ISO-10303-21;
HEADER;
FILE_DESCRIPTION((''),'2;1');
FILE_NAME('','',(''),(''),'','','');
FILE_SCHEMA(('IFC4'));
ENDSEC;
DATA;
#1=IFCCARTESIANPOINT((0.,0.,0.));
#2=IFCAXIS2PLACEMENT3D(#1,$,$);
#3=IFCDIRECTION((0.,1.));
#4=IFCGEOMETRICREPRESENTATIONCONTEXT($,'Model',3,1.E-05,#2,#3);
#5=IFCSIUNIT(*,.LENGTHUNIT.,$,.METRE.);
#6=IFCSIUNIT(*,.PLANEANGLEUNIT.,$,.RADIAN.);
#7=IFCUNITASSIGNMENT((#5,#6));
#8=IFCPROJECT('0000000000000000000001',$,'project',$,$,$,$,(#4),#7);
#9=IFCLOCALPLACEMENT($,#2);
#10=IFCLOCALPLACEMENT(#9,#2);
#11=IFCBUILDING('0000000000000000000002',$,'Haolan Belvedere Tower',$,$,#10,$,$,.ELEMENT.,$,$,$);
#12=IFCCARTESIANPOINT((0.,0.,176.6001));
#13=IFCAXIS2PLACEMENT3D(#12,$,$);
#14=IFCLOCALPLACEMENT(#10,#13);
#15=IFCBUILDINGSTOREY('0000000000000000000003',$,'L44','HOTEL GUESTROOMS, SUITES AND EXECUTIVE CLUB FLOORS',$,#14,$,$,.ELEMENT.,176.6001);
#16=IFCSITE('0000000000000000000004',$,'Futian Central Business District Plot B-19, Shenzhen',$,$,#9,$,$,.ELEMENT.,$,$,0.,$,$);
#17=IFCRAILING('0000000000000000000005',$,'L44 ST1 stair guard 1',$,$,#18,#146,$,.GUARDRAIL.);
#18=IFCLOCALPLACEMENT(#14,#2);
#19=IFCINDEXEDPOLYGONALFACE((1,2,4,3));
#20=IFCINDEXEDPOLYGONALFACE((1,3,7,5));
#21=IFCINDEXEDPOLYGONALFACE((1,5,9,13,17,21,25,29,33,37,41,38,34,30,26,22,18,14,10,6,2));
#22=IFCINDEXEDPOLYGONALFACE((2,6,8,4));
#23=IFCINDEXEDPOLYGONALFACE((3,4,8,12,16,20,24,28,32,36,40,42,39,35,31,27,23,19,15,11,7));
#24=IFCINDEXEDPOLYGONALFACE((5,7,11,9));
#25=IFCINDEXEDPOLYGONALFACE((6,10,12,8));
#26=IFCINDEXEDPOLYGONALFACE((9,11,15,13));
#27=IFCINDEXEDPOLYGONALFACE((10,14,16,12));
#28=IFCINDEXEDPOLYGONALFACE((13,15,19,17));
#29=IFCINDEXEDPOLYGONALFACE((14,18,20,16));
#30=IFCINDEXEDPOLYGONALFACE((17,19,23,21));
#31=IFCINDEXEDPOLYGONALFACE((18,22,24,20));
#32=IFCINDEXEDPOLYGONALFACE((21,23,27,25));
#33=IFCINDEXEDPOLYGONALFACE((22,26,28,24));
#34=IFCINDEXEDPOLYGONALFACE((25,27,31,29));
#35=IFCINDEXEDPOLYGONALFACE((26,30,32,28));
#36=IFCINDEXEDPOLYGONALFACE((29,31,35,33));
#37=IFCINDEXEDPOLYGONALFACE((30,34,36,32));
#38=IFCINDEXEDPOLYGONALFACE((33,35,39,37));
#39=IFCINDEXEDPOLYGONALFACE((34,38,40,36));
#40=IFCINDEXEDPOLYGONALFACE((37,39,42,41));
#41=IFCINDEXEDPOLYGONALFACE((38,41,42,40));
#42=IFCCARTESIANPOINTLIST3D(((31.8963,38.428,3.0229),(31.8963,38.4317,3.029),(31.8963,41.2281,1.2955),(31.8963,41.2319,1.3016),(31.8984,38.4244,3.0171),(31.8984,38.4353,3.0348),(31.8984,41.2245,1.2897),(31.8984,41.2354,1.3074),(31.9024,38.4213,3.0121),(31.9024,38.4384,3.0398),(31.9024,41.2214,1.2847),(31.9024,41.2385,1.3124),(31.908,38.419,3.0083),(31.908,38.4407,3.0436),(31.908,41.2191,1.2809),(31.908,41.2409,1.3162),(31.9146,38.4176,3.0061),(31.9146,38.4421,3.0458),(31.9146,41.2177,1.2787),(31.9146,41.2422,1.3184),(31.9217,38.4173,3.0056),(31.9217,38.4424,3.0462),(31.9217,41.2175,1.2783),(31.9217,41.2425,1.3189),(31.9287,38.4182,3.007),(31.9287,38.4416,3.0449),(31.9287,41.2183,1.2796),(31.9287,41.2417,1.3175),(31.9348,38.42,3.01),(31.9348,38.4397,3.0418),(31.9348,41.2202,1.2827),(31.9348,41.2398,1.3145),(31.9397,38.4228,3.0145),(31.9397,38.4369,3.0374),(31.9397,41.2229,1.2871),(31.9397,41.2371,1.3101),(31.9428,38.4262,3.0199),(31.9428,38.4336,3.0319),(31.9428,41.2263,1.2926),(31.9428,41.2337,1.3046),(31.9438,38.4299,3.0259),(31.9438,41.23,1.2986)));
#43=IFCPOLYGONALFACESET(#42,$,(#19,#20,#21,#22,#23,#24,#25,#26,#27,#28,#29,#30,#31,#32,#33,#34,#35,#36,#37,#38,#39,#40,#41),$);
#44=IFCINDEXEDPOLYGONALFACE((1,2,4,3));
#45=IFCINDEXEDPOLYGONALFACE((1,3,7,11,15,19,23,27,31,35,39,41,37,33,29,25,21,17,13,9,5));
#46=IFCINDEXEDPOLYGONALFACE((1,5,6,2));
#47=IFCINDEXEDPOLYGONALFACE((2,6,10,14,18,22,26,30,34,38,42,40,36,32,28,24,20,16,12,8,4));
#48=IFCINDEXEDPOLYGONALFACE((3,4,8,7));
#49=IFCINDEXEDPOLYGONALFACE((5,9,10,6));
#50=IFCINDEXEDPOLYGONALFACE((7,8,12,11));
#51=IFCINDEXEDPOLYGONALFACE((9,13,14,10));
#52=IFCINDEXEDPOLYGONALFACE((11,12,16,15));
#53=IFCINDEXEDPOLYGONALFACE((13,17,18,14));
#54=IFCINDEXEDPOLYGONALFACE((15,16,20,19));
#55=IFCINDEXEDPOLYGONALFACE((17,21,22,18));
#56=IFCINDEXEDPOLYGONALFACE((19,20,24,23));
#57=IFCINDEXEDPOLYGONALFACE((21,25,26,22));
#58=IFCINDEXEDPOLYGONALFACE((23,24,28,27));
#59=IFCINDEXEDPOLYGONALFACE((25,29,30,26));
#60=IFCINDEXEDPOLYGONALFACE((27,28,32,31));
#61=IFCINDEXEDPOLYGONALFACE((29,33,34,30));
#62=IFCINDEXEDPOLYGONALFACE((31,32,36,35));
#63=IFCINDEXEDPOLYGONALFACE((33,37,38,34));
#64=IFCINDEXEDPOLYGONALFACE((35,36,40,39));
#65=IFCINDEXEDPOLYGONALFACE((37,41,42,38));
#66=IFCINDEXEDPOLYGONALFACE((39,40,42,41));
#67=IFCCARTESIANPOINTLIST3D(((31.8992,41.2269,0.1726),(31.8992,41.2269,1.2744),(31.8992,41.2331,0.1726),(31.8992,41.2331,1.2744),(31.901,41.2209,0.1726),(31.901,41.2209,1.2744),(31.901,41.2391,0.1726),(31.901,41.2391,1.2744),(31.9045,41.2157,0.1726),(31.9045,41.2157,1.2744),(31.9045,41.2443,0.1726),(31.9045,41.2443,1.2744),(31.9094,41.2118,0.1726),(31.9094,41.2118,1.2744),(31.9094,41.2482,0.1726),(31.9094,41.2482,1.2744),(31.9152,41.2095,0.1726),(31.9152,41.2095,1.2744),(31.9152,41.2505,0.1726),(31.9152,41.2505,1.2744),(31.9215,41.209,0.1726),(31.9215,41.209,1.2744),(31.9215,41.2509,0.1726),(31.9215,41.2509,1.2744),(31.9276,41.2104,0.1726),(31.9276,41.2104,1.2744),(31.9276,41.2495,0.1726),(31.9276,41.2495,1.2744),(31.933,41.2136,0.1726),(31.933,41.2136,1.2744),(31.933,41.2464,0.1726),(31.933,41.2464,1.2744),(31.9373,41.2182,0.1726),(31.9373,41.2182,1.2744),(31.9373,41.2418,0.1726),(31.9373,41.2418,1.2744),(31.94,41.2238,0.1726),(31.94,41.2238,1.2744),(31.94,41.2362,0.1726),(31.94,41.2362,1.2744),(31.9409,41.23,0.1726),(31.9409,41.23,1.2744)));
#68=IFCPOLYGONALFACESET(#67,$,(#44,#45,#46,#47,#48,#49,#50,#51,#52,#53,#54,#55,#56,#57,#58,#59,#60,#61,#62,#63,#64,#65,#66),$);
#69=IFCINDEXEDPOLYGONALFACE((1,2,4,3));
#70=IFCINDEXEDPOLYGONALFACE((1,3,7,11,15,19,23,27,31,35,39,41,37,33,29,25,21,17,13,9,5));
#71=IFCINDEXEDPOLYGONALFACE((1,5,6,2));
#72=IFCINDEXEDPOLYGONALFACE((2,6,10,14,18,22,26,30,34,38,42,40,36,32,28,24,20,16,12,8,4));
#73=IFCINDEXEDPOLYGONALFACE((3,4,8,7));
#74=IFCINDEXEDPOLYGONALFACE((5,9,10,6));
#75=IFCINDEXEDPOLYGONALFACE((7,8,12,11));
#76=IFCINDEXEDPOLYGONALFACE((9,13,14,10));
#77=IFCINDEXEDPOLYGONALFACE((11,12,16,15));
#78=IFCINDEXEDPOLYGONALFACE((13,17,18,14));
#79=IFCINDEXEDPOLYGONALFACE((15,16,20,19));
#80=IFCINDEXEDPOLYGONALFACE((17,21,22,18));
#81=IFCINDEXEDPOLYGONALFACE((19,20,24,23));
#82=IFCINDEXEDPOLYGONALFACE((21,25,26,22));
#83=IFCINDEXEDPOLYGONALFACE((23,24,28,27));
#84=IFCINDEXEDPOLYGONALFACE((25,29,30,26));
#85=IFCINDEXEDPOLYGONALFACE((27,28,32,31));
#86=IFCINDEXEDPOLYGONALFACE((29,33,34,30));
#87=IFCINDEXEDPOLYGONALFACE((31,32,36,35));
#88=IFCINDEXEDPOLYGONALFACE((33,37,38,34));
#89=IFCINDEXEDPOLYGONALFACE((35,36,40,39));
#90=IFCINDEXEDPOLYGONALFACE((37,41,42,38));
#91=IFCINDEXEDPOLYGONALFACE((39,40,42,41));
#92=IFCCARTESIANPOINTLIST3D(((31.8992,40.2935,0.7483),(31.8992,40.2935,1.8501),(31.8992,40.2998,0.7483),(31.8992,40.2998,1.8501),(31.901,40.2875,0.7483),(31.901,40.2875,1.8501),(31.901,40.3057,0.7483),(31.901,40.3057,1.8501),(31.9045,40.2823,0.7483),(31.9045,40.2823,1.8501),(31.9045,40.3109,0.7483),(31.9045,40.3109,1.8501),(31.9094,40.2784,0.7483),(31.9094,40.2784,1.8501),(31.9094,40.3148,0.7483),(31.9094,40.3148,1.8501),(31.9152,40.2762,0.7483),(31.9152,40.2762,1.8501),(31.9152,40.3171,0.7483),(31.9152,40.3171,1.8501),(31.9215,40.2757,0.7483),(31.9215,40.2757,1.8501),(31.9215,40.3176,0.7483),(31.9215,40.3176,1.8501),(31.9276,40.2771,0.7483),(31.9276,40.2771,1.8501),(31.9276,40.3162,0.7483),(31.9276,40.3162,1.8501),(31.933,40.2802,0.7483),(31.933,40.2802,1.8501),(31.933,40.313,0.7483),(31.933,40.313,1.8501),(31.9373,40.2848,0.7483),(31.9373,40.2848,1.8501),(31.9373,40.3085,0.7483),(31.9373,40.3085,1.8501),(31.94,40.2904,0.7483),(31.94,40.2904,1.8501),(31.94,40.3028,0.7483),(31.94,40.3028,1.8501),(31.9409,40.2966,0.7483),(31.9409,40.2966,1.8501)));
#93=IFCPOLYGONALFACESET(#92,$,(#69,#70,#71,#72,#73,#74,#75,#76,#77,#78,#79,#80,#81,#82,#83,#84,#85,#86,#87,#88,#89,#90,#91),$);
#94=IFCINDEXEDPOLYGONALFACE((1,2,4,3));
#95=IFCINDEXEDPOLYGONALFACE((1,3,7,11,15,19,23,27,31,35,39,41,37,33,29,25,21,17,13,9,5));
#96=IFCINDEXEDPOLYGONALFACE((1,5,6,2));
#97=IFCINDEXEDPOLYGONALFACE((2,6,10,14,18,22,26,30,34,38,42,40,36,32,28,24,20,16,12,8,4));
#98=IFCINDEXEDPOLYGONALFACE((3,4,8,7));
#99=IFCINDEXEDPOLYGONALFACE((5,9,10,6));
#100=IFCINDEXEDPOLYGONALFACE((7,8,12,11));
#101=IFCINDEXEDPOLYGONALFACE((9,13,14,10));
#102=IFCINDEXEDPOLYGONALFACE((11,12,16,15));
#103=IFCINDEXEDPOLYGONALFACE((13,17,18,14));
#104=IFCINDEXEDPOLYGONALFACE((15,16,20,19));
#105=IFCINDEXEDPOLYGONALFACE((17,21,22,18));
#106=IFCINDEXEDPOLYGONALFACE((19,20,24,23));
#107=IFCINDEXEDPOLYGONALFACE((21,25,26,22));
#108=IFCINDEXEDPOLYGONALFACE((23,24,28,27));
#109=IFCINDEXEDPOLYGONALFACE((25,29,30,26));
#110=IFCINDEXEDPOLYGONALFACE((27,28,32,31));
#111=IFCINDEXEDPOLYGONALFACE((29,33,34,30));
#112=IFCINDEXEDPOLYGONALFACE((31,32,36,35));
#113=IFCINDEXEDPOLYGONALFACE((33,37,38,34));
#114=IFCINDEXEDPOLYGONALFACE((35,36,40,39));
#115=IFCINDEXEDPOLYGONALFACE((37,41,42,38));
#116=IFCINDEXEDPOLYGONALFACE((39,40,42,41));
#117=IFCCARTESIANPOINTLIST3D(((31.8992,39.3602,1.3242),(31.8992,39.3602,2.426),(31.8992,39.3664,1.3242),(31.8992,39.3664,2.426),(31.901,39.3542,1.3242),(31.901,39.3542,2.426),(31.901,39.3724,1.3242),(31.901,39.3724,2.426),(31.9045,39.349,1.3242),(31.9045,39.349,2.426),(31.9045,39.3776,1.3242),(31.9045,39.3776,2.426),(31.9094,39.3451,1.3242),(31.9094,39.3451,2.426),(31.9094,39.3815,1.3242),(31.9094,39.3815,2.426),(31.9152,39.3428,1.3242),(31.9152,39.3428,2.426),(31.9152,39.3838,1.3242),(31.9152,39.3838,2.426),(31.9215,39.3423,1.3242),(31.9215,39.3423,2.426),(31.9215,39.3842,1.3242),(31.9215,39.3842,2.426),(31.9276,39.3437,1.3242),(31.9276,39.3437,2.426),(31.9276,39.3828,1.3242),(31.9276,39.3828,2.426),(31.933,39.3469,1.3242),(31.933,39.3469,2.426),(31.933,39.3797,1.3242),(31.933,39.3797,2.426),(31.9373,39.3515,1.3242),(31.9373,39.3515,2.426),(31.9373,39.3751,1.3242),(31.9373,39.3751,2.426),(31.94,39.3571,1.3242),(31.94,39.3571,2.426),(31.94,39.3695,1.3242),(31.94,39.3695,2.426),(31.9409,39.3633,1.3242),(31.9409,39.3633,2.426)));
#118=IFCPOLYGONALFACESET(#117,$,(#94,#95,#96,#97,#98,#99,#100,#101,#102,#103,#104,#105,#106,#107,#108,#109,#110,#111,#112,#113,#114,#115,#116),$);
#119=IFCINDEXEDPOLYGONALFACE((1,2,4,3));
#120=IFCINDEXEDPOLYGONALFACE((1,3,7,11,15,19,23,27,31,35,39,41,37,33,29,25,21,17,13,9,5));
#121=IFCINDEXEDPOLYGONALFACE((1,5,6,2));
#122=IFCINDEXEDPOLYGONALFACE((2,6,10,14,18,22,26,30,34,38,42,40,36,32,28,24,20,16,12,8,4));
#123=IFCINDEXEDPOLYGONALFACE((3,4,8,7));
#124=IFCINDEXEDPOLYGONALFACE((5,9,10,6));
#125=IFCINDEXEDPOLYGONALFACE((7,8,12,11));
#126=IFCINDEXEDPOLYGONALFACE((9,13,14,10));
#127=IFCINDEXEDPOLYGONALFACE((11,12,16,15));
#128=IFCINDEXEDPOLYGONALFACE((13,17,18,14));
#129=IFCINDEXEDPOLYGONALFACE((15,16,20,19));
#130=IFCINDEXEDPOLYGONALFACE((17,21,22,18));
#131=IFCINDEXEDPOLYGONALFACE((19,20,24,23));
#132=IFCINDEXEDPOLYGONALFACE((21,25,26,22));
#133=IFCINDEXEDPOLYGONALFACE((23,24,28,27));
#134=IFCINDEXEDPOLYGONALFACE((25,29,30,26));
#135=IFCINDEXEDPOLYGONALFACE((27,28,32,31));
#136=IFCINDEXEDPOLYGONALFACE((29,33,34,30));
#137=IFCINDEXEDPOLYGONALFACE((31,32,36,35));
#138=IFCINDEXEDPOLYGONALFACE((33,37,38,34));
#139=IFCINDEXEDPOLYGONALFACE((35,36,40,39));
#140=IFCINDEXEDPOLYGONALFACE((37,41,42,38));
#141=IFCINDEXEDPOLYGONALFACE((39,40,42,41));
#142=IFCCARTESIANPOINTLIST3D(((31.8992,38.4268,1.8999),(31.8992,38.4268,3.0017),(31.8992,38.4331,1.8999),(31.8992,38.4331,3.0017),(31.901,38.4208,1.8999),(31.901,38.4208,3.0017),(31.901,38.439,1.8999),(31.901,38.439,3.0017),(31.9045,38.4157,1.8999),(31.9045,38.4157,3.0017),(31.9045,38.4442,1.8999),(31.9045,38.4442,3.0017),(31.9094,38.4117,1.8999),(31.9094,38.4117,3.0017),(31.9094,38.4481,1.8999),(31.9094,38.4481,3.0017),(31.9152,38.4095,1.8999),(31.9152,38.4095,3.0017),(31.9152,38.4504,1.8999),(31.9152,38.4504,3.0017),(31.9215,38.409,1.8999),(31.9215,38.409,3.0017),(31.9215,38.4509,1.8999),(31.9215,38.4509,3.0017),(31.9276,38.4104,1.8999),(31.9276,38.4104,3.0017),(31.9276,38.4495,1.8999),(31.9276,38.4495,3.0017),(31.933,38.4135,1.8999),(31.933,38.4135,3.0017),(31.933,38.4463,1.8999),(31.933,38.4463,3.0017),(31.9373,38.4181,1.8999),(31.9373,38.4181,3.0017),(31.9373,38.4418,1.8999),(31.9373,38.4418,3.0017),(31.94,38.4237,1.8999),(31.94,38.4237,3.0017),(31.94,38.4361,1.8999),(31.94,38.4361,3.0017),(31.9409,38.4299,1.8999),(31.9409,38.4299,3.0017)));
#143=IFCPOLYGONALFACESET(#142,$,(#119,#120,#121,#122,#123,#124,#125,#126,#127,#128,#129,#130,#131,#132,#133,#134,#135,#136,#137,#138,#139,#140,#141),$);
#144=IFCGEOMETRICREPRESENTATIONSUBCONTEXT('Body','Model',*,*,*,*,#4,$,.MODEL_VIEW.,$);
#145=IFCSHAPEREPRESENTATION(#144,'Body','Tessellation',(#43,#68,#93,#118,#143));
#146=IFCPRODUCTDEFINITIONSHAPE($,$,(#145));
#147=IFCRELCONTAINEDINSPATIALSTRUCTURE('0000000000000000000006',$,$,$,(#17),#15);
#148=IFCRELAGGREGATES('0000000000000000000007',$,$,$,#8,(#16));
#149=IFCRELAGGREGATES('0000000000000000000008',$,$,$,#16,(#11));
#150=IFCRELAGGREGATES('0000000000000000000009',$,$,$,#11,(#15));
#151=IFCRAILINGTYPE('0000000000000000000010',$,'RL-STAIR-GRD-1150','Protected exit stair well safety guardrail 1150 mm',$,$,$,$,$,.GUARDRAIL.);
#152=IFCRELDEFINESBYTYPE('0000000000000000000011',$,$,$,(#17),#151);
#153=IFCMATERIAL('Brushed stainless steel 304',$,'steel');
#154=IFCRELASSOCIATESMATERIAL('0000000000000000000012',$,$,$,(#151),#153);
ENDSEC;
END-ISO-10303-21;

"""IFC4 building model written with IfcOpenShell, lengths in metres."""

from ifc_helpers import new_model, si_unit, direction, frame, origin, origin_2d, place, context, subcontext, project, spatial, circle, extrude, material, type_object, element, save


model = new_model("IFC4")

# Units and contexts
model_context = context("Model", 3, precision=1e-05, world=origin(), true_north=direction((0.0, 1.0)))
body_context = subcontext(model_context, "Body", "Model", "MODEL_VIEW")
ifc_project = project(units=[si_unit("LENGTHUNIT", "METRE"), si_unit("PLANEANGLEUNIT", "RADIAN")], contexts=[model_context])

# Site, building, storey
site_placement = place(None, origin())
site = spatial("IfcSite", under=ifc_project, at=site_placement, Name="Futian Central Business District Plot B-19, Shenzhen", CompositionType="ELEMENT", RefElevation=0.0)
building_placement = place(site_placement, origin())
building = spatial("IfcBuilding", under=site, at=building_placement, Name="Haolan Belvedere Tower", CompositionType="ELEMENT")
storey_placement = place(building_placement, frame((0.0, 0.0, 176.6001)))
storey = spatial("IfcBuildingStorey", under=building, at=storey_placement, Name="L44", Description="HOTEL GUESTROOMS, SUITES AND EXECUTIVE CLUB FLOORS", CompositionType="ELEMENT", Elevation=176.6001)

# Railing
ifc_material_1 = material(Name="Brushed stainless steel 304", Category="steel")
railing_type_1 = type_object("IfcRailingType", Name="RL-STAIR-GRD-1150", Description="Protected exit stair well safety guardrail 1150 mm", PredefinedType="GUARDRAIL", material=ifc_material_1)
railing_1_placement = place(storey_placement, frame((31.9199, 41.23, 0.1726)))
element("IfcRailing", 1, at=railing_1_placement, inside=storey, type_object=railing_type_1, Name="L44 ST1 stair guard 1", PredefinedType="GUARDRAIL", context=body_context, shape_type="SweptSolid", body=[
    extrude(circle(Radius=0.0239, at=origin_2d()), frame((0.0, 0.0, 1.126), z_axis=(0.0, -0.85109, 0.52502), x_axis=(1.0, 0.0, 0.0)), (0.0, 0.0, 1.0), 3.29),
    extrude(circle(Radius=0.021, at=origin_2d()), origin(), (0.0, 0.0, 1.0), 1.1018),
    extrude(circle(Radius=0.021, at=origin_2d()), frame((0.0, -0.9333, 0.5757)), (0.0, 0.0, 1.0), 1.1018),
    extrude(circle(Radius=0.021, at=origin_2d()), frame((0.0, -1.8667, 1.1516)), (0.0, 0.0, 1.0), 1.1018),
    extrude(circle(Radius=0.021, at=origin_2d()), frame((0.0, -2.8, 1.7273)), (0.0, 0.0, 1.0), 1.1018),
])

save(model, "model.ifc")
